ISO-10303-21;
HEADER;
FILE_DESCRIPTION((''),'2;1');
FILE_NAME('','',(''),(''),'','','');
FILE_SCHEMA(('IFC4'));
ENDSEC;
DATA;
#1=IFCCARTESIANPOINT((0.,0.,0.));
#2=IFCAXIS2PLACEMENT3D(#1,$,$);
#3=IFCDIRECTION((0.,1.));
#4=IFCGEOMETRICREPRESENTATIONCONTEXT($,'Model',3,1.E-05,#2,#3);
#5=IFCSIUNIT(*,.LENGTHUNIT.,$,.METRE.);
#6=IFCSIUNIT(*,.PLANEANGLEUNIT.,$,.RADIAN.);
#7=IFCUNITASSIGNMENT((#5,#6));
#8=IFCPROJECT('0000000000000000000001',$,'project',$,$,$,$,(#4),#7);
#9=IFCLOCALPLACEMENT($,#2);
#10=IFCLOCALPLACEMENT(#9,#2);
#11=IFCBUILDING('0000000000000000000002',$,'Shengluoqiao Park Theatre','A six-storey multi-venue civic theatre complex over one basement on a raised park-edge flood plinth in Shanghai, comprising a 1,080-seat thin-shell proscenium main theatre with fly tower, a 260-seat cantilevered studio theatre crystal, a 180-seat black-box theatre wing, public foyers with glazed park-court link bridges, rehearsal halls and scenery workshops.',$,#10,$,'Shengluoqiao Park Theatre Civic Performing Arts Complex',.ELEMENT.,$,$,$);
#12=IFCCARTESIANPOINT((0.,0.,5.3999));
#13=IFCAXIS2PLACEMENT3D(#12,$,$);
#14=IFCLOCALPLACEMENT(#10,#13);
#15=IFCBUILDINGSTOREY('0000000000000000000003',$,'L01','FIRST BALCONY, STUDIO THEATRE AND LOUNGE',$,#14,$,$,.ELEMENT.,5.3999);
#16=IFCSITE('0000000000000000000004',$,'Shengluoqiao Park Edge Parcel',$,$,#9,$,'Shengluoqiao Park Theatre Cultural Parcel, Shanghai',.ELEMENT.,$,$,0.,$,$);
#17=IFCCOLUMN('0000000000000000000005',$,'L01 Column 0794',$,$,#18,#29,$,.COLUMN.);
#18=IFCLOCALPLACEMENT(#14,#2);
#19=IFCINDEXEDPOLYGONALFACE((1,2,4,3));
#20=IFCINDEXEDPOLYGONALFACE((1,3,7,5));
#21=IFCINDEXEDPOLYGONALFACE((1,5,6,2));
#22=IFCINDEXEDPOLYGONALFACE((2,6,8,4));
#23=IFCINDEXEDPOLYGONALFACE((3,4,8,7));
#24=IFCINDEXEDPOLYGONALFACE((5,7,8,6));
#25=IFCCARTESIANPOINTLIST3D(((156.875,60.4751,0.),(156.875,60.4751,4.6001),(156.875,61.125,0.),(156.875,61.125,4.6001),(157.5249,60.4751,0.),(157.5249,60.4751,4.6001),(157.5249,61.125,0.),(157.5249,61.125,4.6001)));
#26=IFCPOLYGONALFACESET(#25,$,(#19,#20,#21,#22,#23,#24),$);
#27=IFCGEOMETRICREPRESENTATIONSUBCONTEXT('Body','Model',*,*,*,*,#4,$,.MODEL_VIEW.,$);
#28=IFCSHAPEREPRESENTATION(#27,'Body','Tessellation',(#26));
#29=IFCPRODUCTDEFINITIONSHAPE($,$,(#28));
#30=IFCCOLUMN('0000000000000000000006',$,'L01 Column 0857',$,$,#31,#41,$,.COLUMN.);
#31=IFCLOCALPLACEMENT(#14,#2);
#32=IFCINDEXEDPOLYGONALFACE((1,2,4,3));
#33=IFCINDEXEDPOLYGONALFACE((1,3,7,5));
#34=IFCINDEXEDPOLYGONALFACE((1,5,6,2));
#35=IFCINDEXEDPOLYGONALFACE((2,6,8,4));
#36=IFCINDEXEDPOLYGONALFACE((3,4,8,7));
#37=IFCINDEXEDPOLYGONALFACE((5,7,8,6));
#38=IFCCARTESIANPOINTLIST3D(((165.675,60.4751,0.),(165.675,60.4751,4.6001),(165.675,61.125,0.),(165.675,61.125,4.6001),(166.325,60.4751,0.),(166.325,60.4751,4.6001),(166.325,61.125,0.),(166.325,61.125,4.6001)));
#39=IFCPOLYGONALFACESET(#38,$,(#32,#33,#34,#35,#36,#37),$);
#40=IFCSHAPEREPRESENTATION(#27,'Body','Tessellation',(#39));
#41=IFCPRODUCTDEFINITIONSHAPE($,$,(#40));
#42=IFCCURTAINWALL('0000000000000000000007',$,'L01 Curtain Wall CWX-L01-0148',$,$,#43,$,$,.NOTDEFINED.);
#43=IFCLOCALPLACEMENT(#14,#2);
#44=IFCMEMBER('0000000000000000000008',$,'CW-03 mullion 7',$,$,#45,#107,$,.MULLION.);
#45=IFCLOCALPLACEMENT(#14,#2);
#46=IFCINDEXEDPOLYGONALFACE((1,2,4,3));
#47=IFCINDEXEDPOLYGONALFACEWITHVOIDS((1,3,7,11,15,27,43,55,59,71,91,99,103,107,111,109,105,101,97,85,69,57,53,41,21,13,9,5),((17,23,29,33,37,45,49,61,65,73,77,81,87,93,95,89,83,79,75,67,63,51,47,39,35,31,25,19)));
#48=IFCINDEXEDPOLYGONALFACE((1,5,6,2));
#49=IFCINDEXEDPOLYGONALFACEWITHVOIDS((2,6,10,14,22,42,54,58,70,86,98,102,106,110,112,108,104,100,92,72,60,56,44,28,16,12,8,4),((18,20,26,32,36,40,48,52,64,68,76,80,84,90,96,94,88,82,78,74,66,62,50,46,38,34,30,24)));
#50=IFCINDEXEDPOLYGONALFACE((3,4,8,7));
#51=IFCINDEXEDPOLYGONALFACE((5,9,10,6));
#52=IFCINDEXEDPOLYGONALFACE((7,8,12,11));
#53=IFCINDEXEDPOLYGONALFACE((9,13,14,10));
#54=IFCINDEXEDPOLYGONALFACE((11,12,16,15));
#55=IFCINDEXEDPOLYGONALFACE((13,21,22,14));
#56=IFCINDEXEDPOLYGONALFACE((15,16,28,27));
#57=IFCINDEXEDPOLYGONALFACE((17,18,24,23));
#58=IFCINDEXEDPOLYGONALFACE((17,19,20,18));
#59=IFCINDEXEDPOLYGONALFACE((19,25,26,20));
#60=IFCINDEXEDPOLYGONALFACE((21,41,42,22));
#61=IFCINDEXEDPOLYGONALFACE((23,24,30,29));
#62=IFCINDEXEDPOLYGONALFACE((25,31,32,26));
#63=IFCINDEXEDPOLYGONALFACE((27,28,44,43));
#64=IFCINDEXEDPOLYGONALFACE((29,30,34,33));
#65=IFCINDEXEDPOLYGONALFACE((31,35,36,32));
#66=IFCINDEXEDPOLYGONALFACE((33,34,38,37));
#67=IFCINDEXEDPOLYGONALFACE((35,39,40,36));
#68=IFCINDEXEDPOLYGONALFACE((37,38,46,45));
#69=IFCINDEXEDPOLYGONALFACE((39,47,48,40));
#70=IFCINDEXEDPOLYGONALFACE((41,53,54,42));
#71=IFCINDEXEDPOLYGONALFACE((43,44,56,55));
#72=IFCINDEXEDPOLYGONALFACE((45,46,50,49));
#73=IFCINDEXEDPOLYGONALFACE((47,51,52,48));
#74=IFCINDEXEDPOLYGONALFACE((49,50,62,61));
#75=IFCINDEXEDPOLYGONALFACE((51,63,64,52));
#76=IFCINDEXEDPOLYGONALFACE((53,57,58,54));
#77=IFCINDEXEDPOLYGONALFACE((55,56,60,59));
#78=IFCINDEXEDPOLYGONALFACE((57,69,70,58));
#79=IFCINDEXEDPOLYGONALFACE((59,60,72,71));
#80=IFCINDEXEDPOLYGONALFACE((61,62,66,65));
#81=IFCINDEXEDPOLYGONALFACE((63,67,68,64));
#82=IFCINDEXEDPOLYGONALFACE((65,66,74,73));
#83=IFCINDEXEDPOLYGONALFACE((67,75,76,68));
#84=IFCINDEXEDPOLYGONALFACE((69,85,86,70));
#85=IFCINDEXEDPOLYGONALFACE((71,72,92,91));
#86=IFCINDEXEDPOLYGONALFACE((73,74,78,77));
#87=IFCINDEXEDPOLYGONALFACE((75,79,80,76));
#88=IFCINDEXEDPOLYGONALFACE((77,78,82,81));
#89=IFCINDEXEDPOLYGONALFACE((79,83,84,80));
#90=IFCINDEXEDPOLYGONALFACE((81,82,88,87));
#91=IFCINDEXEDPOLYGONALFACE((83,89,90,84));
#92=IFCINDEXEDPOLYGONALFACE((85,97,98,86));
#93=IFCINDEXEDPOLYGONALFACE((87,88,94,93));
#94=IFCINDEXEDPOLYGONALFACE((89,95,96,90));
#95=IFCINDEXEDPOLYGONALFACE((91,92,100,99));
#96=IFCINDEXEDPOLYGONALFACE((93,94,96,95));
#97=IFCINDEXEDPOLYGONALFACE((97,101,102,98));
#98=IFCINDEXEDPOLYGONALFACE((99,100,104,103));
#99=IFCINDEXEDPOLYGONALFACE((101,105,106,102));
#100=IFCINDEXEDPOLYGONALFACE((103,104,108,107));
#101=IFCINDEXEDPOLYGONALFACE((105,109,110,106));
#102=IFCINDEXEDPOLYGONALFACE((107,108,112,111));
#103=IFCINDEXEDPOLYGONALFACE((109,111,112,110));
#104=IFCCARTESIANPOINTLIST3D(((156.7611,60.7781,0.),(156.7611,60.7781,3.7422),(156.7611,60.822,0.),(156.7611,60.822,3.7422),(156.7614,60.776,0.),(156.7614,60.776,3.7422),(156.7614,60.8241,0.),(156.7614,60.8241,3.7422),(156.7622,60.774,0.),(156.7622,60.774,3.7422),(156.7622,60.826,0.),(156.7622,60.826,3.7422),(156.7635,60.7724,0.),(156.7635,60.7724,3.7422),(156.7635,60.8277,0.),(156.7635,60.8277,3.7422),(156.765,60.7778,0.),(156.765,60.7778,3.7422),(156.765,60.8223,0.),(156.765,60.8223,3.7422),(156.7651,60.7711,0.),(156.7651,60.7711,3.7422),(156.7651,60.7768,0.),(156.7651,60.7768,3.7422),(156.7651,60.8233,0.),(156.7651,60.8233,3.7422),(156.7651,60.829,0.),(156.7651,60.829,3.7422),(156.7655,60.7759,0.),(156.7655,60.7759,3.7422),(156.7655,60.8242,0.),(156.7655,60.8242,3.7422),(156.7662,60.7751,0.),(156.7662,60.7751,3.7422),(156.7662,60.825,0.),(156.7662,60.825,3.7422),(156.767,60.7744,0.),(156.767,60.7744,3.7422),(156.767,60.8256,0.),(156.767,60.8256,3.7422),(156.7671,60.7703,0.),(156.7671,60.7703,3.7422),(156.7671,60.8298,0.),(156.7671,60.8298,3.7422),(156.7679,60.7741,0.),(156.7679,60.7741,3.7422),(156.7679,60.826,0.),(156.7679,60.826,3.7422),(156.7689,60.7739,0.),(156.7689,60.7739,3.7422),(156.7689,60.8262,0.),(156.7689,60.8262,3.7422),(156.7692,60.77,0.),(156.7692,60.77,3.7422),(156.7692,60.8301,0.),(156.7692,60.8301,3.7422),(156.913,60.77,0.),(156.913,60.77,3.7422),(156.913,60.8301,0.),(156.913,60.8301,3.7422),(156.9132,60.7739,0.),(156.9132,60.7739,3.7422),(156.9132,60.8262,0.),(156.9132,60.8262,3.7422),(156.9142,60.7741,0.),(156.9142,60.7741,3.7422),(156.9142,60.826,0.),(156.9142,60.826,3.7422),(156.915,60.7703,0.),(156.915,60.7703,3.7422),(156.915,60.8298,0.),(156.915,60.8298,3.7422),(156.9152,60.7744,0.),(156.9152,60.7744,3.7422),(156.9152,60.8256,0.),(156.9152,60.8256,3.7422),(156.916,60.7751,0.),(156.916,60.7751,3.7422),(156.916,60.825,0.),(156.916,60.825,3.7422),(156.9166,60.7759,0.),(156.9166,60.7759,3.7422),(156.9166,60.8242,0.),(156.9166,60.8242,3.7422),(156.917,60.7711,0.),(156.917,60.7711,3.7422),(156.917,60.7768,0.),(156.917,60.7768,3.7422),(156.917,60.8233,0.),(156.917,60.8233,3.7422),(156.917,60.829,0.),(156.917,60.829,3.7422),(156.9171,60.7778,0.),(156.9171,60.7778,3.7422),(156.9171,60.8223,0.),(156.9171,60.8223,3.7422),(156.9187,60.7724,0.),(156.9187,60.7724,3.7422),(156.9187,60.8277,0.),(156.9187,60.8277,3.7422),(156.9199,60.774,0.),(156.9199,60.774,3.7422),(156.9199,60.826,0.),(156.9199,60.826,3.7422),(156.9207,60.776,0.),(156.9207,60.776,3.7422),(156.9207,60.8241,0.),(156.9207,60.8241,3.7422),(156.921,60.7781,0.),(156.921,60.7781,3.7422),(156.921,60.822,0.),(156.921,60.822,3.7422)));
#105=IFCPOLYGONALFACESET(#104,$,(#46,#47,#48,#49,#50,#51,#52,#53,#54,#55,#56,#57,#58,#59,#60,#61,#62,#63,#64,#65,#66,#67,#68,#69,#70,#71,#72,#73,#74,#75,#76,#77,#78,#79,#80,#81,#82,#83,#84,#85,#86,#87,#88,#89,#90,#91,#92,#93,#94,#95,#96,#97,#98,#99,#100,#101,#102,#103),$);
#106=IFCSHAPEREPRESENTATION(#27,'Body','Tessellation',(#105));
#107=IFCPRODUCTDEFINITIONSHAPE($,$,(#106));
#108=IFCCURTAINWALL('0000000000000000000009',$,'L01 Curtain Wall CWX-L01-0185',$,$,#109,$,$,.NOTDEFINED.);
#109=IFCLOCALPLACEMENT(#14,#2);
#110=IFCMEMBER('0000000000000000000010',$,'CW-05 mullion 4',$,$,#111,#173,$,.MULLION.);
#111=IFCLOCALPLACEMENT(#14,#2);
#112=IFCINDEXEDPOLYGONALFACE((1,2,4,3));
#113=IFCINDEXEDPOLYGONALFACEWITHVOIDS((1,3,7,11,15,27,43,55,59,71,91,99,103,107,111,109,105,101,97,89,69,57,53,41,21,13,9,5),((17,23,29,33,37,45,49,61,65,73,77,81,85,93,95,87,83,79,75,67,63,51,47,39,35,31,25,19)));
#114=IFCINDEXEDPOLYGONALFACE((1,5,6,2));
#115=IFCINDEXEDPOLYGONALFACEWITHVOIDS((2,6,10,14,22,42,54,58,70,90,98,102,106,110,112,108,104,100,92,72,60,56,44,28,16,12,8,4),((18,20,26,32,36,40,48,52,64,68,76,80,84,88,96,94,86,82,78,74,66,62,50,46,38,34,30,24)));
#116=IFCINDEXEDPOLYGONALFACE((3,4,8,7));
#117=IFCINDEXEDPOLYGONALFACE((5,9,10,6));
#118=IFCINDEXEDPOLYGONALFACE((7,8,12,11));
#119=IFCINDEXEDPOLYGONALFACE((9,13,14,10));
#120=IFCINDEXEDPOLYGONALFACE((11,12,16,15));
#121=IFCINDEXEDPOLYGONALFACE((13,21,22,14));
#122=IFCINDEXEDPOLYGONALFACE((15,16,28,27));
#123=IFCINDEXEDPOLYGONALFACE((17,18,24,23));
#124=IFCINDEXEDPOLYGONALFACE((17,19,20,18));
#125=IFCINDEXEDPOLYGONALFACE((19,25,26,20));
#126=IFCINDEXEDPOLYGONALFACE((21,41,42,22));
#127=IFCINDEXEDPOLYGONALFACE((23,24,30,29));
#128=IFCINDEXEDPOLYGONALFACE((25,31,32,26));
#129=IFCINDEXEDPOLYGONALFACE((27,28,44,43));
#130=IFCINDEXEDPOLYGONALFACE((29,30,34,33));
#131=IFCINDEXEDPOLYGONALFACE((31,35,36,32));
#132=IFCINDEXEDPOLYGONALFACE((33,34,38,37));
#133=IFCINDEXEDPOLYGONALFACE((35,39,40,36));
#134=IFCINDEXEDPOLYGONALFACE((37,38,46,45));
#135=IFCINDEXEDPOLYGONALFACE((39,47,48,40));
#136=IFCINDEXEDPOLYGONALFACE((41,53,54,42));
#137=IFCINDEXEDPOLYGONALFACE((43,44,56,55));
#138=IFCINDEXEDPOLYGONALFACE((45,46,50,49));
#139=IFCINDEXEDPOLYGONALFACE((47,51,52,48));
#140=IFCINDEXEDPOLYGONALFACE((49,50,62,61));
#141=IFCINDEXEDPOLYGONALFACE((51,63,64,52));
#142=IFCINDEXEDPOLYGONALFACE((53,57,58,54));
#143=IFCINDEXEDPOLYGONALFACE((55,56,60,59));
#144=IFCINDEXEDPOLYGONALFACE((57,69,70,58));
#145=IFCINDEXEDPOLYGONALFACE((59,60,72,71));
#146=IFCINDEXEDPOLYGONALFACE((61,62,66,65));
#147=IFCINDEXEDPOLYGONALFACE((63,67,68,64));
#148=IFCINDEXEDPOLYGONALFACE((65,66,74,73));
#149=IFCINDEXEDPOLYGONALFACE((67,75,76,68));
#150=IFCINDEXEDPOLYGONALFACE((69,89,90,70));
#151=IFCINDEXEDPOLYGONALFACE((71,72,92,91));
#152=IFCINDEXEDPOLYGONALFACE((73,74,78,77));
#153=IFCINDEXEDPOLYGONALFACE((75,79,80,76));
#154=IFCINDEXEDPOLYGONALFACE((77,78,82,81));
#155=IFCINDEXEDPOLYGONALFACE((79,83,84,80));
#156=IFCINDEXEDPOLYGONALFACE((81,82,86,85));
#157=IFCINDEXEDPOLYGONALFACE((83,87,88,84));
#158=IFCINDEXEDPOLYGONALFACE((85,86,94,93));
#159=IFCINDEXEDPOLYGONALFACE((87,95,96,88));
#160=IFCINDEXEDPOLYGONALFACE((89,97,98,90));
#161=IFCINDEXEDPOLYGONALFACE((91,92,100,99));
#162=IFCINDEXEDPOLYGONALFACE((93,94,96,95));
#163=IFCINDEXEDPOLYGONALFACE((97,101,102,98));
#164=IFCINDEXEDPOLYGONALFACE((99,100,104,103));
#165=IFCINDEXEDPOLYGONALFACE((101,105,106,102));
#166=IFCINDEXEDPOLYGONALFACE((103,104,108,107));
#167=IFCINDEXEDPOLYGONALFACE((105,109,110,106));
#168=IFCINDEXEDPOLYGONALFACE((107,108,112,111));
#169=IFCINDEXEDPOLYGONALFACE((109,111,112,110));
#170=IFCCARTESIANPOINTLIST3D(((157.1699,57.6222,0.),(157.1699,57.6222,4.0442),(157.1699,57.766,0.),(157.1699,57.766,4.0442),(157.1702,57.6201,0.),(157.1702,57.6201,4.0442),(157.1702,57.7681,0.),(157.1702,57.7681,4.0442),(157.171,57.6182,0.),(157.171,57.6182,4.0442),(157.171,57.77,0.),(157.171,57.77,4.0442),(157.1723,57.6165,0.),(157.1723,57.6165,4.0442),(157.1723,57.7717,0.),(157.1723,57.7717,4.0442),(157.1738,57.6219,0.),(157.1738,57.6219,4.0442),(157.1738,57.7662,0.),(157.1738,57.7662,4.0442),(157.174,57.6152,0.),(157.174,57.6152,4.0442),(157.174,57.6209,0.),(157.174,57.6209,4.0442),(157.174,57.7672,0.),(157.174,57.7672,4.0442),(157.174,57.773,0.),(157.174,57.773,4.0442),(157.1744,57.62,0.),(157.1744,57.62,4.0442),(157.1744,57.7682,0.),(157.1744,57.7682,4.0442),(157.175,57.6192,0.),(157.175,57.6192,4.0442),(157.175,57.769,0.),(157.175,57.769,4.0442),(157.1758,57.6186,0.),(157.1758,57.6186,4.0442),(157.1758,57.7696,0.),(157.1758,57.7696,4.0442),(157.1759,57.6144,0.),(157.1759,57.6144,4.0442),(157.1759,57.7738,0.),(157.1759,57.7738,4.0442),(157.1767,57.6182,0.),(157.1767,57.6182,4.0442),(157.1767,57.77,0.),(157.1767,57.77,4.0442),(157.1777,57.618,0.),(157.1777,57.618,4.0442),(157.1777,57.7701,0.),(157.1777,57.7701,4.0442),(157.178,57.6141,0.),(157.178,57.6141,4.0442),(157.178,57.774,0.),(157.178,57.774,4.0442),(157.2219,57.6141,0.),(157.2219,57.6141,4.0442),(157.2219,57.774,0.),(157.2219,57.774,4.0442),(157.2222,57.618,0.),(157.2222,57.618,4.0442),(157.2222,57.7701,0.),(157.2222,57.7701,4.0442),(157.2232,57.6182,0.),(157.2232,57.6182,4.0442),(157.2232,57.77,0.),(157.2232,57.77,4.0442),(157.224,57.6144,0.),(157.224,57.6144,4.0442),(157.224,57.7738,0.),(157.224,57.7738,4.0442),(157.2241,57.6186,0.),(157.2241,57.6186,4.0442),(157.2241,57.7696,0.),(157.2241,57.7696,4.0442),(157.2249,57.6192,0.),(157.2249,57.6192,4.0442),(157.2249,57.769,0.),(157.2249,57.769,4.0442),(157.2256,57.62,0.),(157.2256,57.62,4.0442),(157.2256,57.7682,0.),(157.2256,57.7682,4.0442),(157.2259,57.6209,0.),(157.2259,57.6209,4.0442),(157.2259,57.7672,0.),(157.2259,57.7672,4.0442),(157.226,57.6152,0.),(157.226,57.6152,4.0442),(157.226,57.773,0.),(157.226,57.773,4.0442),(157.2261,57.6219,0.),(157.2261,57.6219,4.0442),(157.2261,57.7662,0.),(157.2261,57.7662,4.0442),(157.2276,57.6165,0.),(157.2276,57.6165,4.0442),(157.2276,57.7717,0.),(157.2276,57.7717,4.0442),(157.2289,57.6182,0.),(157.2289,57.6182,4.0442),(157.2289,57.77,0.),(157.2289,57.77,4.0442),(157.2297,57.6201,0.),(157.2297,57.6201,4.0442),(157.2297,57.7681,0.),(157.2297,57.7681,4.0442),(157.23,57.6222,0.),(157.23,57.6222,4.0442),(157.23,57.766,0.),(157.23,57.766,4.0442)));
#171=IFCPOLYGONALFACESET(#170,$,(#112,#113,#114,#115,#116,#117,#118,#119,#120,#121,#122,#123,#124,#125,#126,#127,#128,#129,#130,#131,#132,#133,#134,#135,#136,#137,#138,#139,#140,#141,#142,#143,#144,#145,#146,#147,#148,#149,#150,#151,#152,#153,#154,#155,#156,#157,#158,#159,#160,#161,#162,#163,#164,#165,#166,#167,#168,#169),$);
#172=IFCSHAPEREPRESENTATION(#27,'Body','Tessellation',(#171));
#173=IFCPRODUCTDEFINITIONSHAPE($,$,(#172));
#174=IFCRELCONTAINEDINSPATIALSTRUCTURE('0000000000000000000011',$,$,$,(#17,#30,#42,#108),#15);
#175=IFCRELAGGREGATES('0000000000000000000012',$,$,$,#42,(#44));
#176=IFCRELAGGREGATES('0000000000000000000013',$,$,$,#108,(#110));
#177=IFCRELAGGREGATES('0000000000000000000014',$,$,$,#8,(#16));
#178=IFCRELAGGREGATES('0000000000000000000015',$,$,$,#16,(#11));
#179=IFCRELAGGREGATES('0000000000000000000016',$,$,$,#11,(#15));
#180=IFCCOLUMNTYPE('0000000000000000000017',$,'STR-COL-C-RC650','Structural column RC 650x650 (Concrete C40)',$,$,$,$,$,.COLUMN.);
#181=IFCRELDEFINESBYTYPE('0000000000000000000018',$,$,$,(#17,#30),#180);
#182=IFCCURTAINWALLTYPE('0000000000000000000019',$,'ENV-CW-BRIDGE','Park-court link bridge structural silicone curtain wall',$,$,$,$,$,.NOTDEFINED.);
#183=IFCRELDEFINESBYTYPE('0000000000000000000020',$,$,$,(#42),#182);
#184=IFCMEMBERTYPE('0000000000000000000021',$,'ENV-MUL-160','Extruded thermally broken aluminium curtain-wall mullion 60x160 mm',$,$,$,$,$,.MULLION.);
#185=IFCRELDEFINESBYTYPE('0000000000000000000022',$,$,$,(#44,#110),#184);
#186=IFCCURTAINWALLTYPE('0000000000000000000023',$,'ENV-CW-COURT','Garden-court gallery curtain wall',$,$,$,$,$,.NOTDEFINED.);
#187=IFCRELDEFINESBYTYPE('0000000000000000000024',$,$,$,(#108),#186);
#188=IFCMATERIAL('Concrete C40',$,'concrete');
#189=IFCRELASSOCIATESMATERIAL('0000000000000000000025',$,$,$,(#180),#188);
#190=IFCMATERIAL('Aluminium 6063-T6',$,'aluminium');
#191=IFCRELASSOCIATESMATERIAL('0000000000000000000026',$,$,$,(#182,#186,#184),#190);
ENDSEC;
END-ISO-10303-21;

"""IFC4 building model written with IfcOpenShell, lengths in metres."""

from ifc_helpers import new_model, si_unit, direction, frame, origin, origin_2d, place, context, subcontext, project, spatial, rectangle, hollow_rectangle, extrude, material, material_profile, profile_set, type_object, element, aggregate, save


model = new_model("IFC4")

# Units and contexts
model_context = context("Model", 3, precision=1e-05, world=origin(), true_north=direction((0.0, 1.0)))
body_context = subcontext(model_context, "Body", "Model", "MODEL_VIEW")
ifc_project = project(units=[si_unit("LENGTHUNIT", "METRE"), si_unit("PLANEANGLEUNIT", "RADIAN")], contexts=[model_context])

# Site, building, storey
site_placement = place(None, origin())
site = spatial("IfcSite", under=ifc_project, at=site_placement, Name="Shengluoqiao Park Edge Parcel", LongName="Shengluoqiao Park Theatre Cultural Parcel, Shanghai", CompositionType="ELEMENT", RefElevation=0.0)
building_placement = place(site_placement, origin())
building = spatial("IfcBuilding", under=site, at=building_placement, Name="Shengluoqiao Park Theatre", Description="A six-storey multi-venue civic theatre complex over one basement on a raised park-edge flood plinth in Shanghai, comprising a 1,080-seat thin-shell proscenium main theatre with fly tower, a 260-seat cantilevered studio theatre crystal, a 180-seat black-box theatre wing, public foyers with glazed park-court link bridges, rehearsal halls and scenery workshops.", LongName="Shengluoqiao Park Theatre Civic Performing Arts Complex", CompositionType="ELEMENT")
storey_placement = place(building_placement, frame((0.0, 0.0, 5.3999)))
storey = spatial("IfcBuildingStorey", under=building, at=storey_placement, Name="L01", Description="FIRST BALCONY, STUDIO THEATRE AND LOUNGE", CompositionType="ELEMENT", Elevation=5.3999)

# Columns
ifc_material_1 = material(Name="Concrete C40", Category="concrete")
ifc_material_profile_1 = material_profile(ifc_material_1, rectangle(XDim=0.6499, YDim=0.6499, at=origin_2d()), Name="RC 650x650")
ifc_profile_set_1 = profile_set([ifc_material_profile_1], Name="Concrete C40")
column_type = type_object("IfcColumnType", Name="STR-COL-C-RC650", Description="Structural column RC 650x650 (Concrete C40)", PredefinedType="COLUMN", material=ifc_profile_set_1)
for number, where, z_axis, x_axis, name in (
    (1, (157.2, 60.8, 0.0), (0.0, 0.0, 1.0), (1.0, 0.0, 0.0), "L01 Column 0794"),
    (2, (166.0, 60.8, 0.0), (0.0, 0.0, 1.0), (1.0, 0.0, 0.0), "L01 Column 0857"),
):
    element("IfcColumn", number, at=place(storey_placement, frame(where, z_axis=z_axis, x_axis=x_axis)), inside=storey, type_object=column_type, Name=name, PredefinedType="COLUMN", context=body_context, shape_type="SweptSolid", body=[
        extrude(rectangle(XDim=0.6499, YDim=0.6499, at=origin_2d()), origin(), (0.0, 0.0, 1.0), 4.6001),
    ])

# Curtain wall, member
ifc_material_2 = material(Name="Aluminium 6063-T6", Category="aluminium")
curtain_wall_type_1 = type_object("IfcCurtainWallType", Name="ENV-CW-BRIDGE", Description="Park-court link bridge structural silicone curtain wall", PredefinedType="NOTDEFINED", material=ifc_material_2)
curtain_wall_1_placement = place(storey_placement, origin())
curtain_wall_1 = element("IfcCurtainWall", 3, at=curtain_wall_1_placement, inside=storey, type_object=curtain_wall_type_1, Name="L01 Curtain Wall CWX-L01-0148", PredefinedType="NOTDEFINED")
ifc_material_profile_2 = material_profile(ifc_material_2, hollow_rectangle(XDim=0.0601, YDim=0.1599, WallThickness=0.0039, InnerFilletRadius=0.0039, OuterFilletRadius=0.0081, at=origin_2d()), Name="ALU MULLION 160x60x4")
ifc_profile_set_2 = profile_set([ifc_material_profile_2], Name="Aluminium 6063-T6")
member_type_1 = type_object("IfcMemberType", Name="ENV-MUL-160", Description="Extruded thermally broken aluminium curtain-wall mullion 60x160 mm", PredefinedType="MULLION", material=ifc_profile_set_2)
member_1_placement = place(storey_placement, frame((156.8411, 60.8, 0.0), z_axis=(0.0, 0.0, 1.0), x_axis=(0.0, 1.0, 0.0)))
member_1 = element("IfcMember", 4, at=member_1_placement, type_object=member_type_1, Name="CW-03 mullion 7", PredefinedType="MULLION", context=body_context, shape_type="SweptSolid", body=[
    extrude(hollow_rectangle(XDim=0.0601, YDim=0.1599, WallThickness=0.0039, InnerFilletRadius=0.0039, OuterFilletRadius=0.0081, at=origin_2d()), origin(), (0.0, 0.0, 1.0), 3.7422),
])

# Curtain wall, member
curtain_wall_type_2 = type_object("IfcCurtainWallType", Name="ENV-CW-COURT", Description="Garden-court gallery curtain wall", PredefinedType="NOTDEFINED", material=ifc_material_2)
curtain_wall_2_placement = place(storey_placement, origin())
curtain_wall_2 = element("IfcCurtainWall", 5, at=curtain_wall_2_placement, inside=storey, type_object=curtain_wall_type_2, Name="L01 Curtain Wall CWX-L01-0185", PredefinedType="NOTDEFINED")
member_2_placement = place(storey_placement, frame((157.2, 57.6941, 0.0), z_axis=(0.0, 0.0, 1.0), x_axis=(-1.0, 0.0, 0.0)))
member_2 = element("IfcMember", 6, at=member_2_placement, type_object=member_type_1, Name="CW-05 mullion 4", PredefinedType="MULLION", context=body_context, shape_type="SweptSolid", body=[
    extrude(hollow_rectangle(XDim=0.0601, YDim=0.1599, WallThickness=0.0039, InnerFilletRadius=0.0039, OuterFilletRadius=0.0081, at=origin_2d()), origin(), (0.0, 0.0, 1.0), 4.0442),
])

aggregate(curtain_wall_1, [member_1])
aggregate(curtain_wall_2, [member_2])

save(model, "model.ifc")
